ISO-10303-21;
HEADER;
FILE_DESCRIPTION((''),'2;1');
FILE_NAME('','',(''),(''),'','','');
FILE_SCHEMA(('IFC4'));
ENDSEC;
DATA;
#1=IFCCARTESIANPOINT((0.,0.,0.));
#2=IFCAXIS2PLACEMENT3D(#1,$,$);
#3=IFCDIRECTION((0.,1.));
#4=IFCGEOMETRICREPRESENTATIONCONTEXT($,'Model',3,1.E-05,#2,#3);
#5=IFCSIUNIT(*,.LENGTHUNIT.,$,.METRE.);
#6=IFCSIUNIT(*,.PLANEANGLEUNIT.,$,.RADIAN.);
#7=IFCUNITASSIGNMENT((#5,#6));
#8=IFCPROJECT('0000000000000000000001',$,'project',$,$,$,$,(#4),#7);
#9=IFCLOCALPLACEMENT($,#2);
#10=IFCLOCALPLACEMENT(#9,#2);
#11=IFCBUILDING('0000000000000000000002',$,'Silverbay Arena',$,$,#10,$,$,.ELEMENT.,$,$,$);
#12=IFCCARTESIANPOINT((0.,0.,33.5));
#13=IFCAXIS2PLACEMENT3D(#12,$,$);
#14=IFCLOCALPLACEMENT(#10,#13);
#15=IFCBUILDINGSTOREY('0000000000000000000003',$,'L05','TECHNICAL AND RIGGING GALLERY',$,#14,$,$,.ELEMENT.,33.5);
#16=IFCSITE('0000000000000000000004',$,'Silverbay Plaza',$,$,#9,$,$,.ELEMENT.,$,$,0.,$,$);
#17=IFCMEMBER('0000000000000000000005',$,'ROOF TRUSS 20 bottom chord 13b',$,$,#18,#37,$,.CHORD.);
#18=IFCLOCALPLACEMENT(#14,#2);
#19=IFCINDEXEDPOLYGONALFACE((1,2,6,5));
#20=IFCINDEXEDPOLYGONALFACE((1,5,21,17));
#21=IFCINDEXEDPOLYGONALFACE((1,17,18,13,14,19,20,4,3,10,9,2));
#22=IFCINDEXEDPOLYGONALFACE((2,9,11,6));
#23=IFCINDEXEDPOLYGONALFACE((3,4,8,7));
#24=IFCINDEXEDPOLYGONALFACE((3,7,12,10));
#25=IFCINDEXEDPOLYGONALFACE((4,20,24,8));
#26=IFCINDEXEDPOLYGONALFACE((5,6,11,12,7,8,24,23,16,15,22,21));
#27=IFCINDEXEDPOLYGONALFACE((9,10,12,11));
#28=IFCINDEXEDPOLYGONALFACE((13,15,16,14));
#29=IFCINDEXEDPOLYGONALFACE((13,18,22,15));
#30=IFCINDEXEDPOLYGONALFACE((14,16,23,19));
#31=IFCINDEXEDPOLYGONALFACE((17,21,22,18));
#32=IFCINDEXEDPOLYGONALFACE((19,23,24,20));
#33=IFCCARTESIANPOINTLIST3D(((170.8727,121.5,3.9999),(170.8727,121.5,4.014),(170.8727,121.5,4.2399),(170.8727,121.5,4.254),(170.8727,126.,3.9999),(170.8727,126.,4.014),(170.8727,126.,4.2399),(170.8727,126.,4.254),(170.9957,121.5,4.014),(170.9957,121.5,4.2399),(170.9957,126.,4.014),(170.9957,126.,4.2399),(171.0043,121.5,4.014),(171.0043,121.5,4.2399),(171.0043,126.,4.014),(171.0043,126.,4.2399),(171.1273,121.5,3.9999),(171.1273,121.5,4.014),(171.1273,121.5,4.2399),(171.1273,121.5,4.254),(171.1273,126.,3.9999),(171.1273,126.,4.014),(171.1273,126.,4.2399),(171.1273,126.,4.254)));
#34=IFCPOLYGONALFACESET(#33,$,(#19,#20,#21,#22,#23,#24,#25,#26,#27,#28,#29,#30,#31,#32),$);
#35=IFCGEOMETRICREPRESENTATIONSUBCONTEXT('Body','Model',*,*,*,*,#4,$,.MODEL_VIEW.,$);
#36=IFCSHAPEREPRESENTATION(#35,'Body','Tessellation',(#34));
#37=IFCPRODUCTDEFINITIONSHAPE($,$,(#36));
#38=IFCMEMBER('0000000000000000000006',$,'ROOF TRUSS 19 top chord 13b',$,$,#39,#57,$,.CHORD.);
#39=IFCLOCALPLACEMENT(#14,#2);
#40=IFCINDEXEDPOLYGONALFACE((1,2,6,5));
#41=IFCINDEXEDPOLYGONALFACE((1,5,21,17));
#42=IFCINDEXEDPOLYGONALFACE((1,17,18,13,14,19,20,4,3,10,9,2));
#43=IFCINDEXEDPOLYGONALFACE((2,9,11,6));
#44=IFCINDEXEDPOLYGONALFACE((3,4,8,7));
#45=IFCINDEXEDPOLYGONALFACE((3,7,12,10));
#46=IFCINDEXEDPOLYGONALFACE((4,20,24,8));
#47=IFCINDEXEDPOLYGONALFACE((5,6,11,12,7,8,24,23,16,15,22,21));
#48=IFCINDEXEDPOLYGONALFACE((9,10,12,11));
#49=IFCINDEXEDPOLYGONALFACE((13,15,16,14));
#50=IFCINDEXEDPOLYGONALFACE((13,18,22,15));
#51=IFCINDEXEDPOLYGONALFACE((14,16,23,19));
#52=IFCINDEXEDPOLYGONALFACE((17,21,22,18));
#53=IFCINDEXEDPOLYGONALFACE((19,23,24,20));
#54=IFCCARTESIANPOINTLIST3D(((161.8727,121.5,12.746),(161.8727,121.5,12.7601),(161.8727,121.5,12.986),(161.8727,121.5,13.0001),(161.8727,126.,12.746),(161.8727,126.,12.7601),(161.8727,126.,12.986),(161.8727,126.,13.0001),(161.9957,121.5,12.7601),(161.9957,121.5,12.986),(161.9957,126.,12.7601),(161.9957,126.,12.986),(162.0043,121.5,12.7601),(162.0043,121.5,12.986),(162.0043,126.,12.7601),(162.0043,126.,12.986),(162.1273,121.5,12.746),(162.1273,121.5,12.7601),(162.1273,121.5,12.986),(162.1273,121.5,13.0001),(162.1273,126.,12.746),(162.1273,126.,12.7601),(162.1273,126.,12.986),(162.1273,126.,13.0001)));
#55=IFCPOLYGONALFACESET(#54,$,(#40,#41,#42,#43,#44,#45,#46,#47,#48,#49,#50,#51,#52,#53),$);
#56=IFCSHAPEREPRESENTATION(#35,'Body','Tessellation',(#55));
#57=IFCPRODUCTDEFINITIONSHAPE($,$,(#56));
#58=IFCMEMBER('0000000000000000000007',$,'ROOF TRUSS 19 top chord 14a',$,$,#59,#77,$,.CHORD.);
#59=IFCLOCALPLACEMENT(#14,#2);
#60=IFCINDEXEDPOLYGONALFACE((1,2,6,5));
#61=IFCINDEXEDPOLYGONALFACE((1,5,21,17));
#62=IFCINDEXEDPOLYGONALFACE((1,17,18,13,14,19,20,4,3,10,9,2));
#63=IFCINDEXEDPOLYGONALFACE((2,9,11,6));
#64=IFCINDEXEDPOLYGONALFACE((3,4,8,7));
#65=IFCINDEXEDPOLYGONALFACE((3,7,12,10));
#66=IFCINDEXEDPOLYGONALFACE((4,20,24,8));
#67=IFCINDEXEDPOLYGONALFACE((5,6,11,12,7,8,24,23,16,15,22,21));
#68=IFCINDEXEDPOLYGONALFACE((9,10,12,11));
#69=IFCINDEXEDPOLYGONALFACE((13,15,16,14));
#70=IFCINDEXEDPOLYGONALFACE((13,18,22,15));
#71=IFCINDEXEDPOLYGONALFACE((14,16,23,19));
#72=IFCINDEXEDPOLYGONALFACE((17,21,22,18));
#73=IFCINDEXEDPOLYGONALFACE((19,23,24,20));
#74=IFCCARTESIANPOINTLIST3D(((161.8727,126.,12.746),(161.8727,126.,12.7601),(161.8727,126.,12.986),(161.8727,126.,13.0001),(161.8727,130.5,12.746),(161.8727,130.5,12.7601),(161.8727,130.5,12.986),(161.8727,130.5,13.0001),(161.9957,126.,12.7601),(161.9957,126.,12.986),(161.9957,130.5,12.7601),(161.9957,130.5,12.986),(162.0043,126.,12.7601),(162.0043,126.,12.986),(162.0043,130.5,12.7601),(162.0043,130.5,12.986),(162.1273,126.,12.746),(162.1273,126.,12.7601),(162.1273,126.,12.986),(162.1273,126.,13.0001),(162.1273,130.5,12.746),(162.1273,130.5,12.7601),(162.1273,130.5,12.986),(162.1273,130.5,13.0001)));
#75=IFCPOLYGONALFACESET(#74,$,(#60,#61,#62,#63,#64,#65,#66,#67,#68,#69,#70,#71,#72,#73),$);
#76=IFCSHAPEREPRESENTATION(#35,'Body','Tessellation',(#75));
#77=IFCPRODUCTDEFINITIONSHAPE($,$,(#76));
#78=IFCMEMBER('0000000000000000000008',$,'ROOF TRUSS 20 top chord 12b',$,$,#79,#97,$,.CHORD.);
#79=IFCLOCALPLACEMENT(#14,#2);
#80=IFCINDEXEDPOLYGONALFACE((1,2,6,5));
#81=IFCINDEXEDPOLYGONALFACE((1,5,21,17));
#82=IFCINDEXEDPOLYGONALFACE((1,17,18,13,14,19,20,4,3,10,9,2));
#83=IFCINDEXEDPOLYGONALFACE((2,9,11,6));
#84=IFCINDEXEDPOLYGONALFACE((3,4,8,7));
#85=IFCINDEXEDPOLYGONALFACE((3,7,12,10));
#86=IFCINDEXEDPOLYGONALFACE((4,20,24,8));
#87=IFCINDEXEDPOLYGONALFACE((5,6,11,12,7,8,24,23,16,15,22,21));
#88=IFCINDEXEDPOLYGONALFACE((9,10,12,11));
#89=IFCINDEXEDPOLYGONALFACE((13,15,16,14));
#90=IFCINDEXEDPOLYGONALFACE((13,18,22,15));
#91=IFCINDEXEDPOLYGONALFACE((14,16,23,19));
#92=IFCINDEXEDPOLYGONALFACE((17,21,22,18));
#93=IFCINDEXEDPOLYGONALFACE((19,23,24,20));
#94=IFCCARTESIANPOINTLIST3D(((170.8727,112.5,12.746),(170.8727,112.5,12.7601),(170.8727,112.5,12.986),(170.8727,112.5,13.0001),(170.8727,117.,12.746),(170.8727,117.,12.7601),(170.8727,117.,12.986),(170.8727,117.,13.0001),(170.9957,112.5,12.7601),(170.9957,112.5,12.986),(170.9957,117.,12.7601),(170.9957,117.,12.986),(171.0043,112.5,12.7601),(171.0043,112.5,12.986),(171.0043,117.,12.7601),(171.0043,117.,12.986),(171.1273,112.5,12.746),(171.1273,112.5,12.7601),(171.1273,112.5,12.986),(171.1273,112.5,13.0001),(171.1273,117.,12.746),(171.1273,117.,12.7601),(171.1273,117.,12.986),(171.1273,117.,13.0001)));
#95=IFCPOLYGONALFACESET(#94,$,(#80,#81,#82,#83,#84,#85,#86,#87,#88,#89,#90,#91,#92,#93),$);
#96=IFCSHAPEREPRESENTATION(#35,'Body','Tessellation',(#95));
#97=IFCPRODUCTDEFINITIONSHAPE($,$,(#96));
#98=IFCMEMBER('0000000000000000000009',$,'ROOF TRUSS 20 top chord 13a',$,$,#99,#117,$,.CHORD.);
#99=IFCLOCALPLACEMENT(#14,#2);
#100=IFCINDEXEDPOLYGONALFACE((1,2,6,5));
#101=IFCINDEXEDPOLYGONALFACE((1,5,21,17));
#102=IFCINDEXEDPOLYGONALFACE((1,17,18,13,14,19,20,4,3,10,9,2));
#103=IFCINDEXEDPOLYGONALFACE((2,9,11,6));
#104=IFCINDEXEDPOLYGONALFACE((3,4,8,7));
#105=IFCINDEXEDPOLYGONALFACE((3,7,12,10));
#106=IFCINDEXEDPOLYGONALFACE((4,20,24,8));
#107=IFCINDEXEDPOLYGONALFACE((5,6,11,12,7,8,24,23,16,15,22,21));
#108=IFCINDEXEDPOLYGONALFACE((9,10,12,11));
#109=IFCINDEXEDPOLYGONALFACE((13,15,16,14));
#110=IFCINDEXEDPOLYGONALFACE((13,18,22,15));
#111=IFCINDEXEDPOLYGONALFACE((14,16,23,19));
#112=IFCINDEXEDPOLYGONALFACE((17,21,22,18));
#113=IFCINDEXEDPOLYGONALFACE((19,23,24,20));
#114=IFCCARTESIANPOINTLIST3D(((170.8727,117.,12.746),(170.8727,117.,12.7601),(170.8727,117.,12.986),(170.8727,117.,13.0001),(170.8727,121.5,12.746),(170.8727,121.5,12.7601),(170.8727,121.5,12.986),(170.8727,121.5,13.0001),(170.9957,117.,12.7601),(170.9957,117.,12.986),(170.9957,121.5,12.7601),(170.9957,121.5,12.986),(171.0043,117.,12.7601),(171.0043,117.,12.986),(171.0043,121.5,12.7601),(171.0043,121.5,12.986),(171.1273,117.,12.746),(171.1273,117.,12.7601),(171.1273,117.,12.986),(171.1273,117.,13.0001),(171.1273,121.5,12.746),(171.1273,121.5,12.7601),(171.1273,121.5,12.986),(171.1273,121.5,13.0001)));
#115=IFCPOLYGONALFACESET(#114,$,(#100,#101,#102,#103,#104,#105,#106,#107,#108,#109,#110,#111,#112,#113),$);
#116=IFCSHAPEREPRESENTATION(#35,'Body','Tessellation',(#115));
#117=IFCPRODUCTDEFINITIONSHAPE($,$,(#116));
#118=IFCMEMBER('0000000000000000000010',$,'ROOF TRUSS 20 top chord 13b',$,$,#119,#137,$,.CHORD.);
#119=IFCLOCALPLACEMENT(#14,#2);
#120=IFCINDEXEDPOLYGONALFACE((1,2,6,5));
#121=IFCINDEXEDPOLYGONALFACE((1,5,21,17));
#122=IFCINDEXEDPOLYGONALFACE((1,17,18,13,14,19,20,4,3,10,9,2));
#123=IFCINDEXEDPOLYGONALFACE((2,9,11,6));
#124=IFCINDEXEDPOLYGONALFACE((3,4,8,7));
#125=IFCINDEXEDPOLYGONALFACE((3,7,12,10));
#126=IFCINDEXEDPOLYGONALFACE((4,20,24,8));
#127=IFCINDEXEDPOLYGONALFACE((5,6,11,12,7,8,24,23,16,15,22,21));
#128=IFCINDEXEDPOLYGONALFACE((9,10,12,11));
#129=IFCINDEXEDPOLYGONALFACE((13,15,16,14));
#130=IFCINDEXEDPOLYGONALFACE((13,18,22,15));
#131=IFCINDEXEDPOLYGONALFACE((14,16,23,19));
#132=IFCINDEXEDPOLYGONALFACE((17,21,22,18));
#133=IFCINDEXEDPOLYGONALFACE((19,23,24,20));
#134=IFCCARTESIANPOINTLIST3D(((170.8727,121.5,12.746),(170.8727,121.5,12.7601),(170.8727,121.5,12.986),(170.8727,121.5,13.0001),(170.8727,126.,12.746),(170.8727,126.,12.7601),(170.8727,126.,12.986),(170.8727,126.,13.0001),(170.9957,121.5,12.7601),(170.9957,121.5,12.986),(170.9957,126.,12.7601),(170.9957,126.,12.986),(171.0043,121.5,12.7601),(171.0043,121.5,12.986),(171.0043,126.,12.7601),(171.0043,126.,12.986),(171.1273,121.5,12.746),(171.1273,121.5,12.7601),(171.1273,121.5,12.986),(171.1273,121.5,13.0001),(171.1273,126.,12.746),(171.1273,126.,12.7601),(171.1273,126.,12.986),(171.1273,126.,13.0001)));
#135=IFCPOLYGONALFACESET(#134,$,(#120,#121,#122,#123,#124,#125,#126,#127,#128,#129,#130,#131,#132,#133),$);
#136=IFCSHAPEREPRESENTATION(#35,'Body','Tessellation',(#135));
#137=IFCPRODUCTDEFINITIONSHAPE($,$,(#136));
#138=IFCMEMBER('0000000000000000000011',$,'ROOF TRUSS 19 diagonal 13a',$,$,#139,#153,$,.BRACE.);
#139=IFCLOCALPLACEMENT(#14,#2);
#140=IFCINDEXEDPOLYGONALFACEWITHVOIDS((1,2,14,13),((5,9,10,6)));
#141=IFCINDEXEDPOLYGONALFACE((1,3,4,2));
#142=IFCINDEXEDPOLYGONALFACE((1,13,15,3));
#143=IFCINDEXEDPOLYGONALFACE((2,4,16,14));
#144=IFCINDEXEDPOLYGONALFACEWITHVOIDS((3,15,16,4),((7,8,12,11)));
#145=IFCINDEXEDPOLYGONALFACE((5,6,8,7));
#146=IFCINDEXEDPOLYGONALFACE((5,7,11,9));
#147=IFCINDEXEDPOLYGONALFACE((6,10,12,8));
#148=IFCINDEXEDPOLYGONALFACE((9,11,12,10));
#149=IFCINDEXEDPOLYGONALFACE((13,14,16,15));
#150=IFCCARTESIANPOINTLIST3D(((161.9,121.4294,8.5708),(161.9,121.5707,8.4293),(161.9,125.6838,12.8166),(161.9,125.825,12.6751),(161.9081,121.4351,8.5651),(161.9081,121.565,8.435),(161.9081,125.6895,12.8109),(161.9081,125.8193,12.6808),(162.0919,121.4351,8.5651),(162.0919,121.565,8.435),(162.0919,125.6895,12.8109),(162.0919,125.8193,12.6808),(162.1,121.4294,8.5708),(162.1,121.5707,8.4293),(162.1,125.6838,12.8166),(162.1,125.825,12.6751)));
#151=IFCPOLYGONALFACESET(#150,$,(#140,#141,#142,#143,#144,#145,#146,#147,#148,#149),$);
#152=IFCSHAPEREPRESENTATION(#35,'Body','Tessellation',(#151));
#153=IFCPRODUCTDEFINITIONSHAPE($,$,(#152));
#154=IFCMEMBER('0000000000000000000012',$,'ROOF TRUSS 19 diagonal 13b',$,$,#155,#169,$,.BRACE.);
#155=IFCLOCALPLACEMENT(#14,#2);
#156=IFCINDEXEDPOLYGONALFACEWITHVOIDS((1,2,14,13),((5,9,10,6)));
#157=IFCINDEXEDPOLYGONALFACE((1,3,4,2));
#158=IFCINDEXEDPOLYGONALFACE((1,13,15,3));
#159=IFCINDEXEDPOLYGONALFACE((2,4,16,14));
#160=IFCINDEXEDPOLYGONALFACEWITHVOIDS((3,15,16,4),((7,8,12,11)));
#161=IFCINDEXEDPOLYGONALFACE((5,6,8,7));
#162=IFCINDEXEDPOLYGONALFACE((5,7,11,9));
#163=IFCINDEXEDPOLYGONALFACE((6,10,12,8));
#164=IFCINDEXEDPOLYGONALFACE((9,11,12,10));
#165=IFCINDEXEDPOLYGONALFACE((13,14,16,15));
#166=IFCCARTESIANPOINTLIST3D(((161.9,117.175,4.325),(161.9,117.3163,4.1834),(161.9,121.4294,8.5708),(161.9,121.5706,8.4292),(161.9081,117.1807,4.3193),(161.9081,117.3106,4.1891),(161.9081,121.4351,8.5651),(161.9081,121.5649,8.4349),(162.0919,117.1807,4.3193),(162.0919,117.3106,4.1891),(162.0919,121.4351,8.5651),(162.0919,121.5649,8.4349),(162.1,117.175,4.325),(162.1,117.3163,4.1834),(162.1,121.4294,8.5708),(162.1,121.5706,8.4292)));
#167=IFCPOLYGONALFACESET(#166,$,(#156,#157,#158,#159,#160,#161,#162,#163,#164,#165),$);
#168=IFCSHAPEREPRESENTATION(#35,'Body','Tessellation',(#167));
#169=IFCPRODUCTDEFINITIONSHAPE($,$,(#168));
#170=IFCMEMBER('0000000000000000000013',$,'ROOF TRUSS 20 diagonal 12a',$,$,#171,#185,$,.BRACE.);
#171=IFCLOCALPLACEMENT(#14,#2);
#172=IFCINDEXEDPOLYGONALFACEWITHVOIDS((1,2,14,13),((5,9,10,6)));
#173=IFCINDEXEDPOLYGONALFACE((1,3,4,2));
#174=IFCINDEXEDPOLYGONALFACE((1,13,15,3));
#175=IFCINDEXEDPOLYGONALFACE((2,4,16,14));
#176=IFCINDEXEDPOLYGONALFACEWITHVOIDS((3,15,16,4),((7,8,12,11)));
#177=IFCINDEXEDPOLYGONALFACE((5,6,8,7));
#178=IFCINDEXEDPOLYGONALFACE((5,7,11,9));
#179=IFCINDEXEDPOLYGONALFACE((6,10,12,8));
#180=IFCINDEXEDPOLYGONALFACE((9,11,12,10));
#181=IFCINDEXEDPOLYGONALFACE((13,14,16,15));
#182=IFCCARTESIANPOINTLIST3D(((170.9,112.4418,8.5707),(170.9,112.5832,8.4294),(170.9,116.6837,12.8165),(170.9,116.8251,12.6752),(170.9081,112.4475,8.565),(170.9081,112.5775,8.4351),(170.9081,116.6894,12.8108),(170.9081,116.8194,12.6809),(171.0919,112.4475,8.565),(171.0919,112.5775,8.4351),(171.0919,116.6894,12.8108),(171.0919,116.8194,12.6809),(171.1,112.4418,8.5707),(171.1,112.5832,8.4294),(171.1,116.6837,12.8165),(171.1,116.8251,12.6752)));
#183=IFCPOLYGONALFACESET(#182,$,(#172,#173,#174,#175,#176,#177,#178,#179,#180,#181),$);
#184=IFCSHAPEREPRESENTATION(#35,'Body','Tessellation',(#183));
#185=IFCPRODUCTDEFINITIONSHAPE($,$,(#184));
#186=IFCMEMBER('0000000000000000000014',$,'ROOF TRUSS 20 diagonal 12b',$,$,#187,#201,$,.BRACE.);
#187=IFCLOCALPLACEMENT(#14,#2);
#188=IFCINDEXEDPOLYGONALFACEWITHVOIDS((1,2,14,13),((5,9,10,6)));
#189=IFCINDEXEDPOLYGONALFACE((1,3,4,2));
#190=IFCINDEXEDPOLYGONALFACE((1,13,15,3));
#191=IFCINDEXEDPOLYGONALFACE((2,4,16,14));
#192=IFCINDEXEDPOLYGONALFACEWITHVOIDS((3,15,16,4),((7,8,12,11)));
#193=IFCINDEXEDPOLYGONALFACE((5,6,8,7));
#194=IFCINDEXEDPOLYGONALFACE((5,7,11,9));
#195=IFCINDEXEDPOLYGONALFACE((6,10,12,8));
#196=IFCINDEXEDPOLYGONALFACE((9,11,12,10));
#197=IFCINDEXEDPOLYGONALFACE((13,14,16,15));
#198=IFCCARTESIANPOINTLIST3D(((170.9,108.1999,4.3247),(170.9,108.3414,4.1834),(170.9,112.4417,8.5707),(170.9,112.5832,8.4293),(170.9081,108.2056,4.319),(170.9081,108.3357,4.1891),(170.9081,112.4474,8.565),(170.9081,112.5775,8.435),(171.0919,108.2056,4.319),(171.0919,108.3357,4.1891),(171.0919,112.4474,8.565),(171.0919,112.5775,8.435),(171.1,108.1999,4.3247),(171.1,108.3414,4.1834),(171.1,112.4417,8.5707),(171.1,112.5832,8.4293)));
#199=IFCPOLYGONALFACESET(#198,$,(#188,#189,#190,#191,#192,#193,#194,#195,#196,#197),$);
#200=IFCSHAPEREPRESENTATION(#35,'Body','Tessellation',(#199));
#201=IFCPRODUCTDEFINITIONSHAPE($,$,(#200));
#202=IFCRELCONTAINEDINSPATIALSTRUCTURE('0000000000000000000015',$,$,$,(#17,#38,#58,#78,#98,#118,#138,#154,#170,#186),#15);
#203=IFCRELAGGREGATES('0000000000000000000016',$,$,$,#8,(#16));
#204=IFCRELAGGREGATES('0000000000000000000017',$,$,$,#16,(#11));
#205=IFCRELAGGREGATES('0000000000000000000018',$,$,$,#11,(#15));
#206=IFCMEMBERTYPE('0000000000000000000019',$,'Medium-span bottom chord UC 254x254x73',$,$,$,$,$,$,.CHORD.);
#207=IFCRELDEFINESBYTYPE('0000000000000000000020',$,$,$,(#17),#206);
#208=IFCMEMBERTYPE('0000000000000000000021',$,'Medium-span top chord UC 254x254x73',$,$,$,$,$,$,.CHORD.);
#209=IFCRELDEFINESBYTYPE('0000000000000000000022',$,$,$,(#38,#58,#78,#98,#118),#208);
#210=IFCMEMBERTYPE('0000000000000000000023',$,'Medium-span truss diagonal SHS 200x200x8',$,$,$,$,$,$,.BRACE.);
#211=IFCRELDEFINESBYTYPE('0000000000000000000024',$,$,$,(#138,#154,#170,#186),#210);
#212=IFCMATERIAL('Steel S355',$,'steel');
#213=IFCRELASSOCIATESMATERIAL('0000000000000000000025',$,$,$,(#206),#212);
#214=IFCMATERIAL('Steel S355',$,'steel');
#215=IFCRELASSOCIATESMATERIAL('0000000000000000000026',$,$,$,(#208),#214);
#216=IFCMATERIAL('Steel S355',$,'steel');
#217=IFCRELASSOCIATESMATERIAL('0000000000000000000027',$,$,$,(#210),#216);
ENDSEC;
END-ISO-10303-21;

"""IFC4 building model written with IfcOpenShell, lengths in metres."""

from ifc_helpers import new_model, si_unit, direction, frame, origin, origin_2d, place, context, subcontext, project, spatial, hollow_rectangle, i_section, extrude, material, material_profile, profile_set, type_object, element, save


model = new_model("IFC4")

# Units and contexts
model_context = context("Model", 3, precision=1e-05, world=origin(), true_north=direction((0.0, 1.0)))
body_context = subcontext(model_context, "Body", "Model", "MODEL_VIEW")
ifc_project = project(units=[si_unit("LENGTHUNIT", "METRE"), si_unit("PLANEANGLEUNIT", "RADIAN")], contexts=[model_context])

# Site, building, storey
site_placement = place(None, origin())
site = spatial("IfcSite", under=ifc_project, at=site_placement, Name="Silverbay Plaza", CompositionType="ELEMENT", RefElevation=0.0)
building_placement = place(site_placement, origin())
building = spatial("IfcBuilding", under=site, at=building_placement, Name="Silverbay Arena", CompositionType="ELEMENT")
storey_placement = place(building_placement, frame((0.0, 0.0, 33.5)))
storey = spatial("IfcBuildingStorey", under=building, at=storey_placement, Name="L05", Description="TECHNICAL AND RIGGING GALLERY", CompositionType="ELEMENT", Elevation=33.5)

# Members
ifc_material_1 = material(Name="Steel S355", Category="steel")
ifc_material_profile_1 = material_profile(ifc_material_1, i_section(OverallWidth=0.2546, OverallDepth=0.2542, WebThickness=0.0085, FlangeThickness=0.0142, at=origin_2d()), Name="UC 254x254x73")
ifc_profile_set_1 = profile_set([ifc_material_profile_1], Name="Steel S355")
member_type_1 = type_object("IfcMemberType", Name="Medium-span bottom chord UC 254x254x73", PredefinedType="CHORD", material=ifc_profile_set_1)
for number, where, z_axis, x_axis, name in (
    (1, (171.0, 121.5, 4.127), (0.0, 1.0, 0.0), (-1.0, 0.0, 0.0), "ROOF TRUSS 20 bottom chord 13b"),
):
    element("IfcMember", number, at=place(storey_placement, frame(where, z_axis=z_axis, x_axis=x_axis)), inside=storey, type_object=member_type_1, Name=name, PredefinedType="CHORD", context=body_context, shape_type="SweptSolid", body=[
        extrude(i_section(OverallWidth=0.2546, OverallDepth=0.2542, WebThickness=0.0085, FlangeThickness=0.0142, at=origin_2d()), origin(), (0.0, 0.0, 1.0), 4.5),
    ])
ifc_material_2 = material(Name="Steel S355", Category="steel")
ifc_material_profile_2 = material_profile(ifc_material_2, i_section(OverallWidth=0.2546, OverallDepth=0.2542, WebThickness=0.0085, FlangeThickness=0.0142, at=origin_2d()), Name="UC 254x254x73")
ifc_profile_set_2 = profile_set([ifc_material_profile_2], Name="Steel S355")
member_type_2 = type_object("IfcMemberType", Name="Medium-span top chord UC 254x254x73", PredefinedType="CHORD", material=ifc_profile_set_2)
for number, where, z_axis, x_axis, name in (
    (2, (162.0, 121.5, 12.873), (0.0, 1.0, 0.0), (-1.0, 0.0, 0.0), "ROOF TRUSS 19 top chord 13b"),
    (3, (162.0, 126.0, 12.873), (0.0, 1.0, 0.0), (-1.0, 0.0, 0.0), "ROOF TRUSS 19 top chord 14a"),
    (4, (171.0, 112.5, 12.873), (0.0, 1.0, 0.0), (-1.0, 0.0, 0.0), "ROOF TRUSS 20 top chord 12b"),
    (5, (171.0, 117.0, 12.873), (0.0, 1.0, 0.0), (-1.0, 0.0, 0.0), "ROOF TRUSS 20 top chord 13a"),
    (6, (171.0, 121.5, 12.873), (0.0, 1.0, 0.0), (-1.0, 0.0, 0.0), "ROOF TRUSS 20 top chord 13b"),
):
    element("IfcMember", number, at=place(storey_placement, frame(where, z_axis=z_axis, x_axis=x_axis)), inside=storey, type_object=member_type_2, Name=name, PredefinedType="CHORD", context=body_context, shape_type="SweptSolid", body=[
        extrude(i_section(OverallWidth=0.2546, OverallDepth=0.2542, WebThickness=0.0085, FlangeThickness=0.0142, at=origin_2d()), origin(), (0.0, 0.0, 1.0), 4.5),
    ])
ifc_material_3 = material(Name="Steel S355", Category="steel")
ifc_material_profile_3 = material_profile(ifc_material_3, hollow_rectangle(XDim=0.2, YDim=0.2, WallThickness=0.0081, at=origin_2d()), Name="SHS 200x200x8")
ifc_profile_set_3 = profile_set([ifc_material_profile_3], Name="Steel S355")
member_type_3 = type_object("IfcMemberType", Name="Medium-span truss diagonal SHS 200x200x8", PredefinedType="BRACE", material=ifc_profile_set_3)
for number, where, z_axis, x_axis, name in (
    (7, (162.0, 125.7544, 12.7458), (0.0, -0.707817, -0.706396), (1.0, 0.0, 0.0), "ROOF TRUSS 19 diagonal 13a"),
    (8, (162.0, 121.5, 8.5), (0.0, -0.707817, -0.706396), (1.0, 0.0, 0.0), "ROOF TRUSS 19 diagonal 13b"),
):
    element("IfcMember", number, at=place(storey_placement, frame(where, z_axis=z_axis, x_axis=x_axis)), inside=storey, type_object=member_type_3, Name=name, PredefinedType="BRACE", context=body_context, shape_type="SweptSolid", body=[
        extrude(hollow_rectangle(XDim=0.2, YDim=0.2, WallThickness=0.0081, at=origin_2d()), origin(), (0.0, 0.0, 1.0), 6.0105),
    ])
for number, where, z_axis, x_axis, name in (
    (9, (171.0, 116.7544, 12.7458), (0.0, -0.706781, -0.707432), (1.0, 0.0, 0.0), "ROOF TRUSS 20 diagonal 12a"),
    (10, (171.0, 112.5125, 8.5), (0.0, -0.706761, -0.707452), (1.0, 0.0, 0.0), "ROOF TRUSS 20 diagonal 12b"),
):
    element("IfcMember", number, at=place(storey_placement, frame(where, z_axis=z_axis, x_axis=x_axis)), inside=storey, type_object=member_type_3, Name=name, PredefinedType="BRACE", context=body_context, shape_type="SweptSolid", body=[
        extrude(hollow_rectangle(XDim=0.2, YDim=0.2, WallThickness=0.0081, at=origin_2d()), origin(), (0.0, 0.0, 1.0), 6.0017),
    ])

save(model, "model.ifc")
